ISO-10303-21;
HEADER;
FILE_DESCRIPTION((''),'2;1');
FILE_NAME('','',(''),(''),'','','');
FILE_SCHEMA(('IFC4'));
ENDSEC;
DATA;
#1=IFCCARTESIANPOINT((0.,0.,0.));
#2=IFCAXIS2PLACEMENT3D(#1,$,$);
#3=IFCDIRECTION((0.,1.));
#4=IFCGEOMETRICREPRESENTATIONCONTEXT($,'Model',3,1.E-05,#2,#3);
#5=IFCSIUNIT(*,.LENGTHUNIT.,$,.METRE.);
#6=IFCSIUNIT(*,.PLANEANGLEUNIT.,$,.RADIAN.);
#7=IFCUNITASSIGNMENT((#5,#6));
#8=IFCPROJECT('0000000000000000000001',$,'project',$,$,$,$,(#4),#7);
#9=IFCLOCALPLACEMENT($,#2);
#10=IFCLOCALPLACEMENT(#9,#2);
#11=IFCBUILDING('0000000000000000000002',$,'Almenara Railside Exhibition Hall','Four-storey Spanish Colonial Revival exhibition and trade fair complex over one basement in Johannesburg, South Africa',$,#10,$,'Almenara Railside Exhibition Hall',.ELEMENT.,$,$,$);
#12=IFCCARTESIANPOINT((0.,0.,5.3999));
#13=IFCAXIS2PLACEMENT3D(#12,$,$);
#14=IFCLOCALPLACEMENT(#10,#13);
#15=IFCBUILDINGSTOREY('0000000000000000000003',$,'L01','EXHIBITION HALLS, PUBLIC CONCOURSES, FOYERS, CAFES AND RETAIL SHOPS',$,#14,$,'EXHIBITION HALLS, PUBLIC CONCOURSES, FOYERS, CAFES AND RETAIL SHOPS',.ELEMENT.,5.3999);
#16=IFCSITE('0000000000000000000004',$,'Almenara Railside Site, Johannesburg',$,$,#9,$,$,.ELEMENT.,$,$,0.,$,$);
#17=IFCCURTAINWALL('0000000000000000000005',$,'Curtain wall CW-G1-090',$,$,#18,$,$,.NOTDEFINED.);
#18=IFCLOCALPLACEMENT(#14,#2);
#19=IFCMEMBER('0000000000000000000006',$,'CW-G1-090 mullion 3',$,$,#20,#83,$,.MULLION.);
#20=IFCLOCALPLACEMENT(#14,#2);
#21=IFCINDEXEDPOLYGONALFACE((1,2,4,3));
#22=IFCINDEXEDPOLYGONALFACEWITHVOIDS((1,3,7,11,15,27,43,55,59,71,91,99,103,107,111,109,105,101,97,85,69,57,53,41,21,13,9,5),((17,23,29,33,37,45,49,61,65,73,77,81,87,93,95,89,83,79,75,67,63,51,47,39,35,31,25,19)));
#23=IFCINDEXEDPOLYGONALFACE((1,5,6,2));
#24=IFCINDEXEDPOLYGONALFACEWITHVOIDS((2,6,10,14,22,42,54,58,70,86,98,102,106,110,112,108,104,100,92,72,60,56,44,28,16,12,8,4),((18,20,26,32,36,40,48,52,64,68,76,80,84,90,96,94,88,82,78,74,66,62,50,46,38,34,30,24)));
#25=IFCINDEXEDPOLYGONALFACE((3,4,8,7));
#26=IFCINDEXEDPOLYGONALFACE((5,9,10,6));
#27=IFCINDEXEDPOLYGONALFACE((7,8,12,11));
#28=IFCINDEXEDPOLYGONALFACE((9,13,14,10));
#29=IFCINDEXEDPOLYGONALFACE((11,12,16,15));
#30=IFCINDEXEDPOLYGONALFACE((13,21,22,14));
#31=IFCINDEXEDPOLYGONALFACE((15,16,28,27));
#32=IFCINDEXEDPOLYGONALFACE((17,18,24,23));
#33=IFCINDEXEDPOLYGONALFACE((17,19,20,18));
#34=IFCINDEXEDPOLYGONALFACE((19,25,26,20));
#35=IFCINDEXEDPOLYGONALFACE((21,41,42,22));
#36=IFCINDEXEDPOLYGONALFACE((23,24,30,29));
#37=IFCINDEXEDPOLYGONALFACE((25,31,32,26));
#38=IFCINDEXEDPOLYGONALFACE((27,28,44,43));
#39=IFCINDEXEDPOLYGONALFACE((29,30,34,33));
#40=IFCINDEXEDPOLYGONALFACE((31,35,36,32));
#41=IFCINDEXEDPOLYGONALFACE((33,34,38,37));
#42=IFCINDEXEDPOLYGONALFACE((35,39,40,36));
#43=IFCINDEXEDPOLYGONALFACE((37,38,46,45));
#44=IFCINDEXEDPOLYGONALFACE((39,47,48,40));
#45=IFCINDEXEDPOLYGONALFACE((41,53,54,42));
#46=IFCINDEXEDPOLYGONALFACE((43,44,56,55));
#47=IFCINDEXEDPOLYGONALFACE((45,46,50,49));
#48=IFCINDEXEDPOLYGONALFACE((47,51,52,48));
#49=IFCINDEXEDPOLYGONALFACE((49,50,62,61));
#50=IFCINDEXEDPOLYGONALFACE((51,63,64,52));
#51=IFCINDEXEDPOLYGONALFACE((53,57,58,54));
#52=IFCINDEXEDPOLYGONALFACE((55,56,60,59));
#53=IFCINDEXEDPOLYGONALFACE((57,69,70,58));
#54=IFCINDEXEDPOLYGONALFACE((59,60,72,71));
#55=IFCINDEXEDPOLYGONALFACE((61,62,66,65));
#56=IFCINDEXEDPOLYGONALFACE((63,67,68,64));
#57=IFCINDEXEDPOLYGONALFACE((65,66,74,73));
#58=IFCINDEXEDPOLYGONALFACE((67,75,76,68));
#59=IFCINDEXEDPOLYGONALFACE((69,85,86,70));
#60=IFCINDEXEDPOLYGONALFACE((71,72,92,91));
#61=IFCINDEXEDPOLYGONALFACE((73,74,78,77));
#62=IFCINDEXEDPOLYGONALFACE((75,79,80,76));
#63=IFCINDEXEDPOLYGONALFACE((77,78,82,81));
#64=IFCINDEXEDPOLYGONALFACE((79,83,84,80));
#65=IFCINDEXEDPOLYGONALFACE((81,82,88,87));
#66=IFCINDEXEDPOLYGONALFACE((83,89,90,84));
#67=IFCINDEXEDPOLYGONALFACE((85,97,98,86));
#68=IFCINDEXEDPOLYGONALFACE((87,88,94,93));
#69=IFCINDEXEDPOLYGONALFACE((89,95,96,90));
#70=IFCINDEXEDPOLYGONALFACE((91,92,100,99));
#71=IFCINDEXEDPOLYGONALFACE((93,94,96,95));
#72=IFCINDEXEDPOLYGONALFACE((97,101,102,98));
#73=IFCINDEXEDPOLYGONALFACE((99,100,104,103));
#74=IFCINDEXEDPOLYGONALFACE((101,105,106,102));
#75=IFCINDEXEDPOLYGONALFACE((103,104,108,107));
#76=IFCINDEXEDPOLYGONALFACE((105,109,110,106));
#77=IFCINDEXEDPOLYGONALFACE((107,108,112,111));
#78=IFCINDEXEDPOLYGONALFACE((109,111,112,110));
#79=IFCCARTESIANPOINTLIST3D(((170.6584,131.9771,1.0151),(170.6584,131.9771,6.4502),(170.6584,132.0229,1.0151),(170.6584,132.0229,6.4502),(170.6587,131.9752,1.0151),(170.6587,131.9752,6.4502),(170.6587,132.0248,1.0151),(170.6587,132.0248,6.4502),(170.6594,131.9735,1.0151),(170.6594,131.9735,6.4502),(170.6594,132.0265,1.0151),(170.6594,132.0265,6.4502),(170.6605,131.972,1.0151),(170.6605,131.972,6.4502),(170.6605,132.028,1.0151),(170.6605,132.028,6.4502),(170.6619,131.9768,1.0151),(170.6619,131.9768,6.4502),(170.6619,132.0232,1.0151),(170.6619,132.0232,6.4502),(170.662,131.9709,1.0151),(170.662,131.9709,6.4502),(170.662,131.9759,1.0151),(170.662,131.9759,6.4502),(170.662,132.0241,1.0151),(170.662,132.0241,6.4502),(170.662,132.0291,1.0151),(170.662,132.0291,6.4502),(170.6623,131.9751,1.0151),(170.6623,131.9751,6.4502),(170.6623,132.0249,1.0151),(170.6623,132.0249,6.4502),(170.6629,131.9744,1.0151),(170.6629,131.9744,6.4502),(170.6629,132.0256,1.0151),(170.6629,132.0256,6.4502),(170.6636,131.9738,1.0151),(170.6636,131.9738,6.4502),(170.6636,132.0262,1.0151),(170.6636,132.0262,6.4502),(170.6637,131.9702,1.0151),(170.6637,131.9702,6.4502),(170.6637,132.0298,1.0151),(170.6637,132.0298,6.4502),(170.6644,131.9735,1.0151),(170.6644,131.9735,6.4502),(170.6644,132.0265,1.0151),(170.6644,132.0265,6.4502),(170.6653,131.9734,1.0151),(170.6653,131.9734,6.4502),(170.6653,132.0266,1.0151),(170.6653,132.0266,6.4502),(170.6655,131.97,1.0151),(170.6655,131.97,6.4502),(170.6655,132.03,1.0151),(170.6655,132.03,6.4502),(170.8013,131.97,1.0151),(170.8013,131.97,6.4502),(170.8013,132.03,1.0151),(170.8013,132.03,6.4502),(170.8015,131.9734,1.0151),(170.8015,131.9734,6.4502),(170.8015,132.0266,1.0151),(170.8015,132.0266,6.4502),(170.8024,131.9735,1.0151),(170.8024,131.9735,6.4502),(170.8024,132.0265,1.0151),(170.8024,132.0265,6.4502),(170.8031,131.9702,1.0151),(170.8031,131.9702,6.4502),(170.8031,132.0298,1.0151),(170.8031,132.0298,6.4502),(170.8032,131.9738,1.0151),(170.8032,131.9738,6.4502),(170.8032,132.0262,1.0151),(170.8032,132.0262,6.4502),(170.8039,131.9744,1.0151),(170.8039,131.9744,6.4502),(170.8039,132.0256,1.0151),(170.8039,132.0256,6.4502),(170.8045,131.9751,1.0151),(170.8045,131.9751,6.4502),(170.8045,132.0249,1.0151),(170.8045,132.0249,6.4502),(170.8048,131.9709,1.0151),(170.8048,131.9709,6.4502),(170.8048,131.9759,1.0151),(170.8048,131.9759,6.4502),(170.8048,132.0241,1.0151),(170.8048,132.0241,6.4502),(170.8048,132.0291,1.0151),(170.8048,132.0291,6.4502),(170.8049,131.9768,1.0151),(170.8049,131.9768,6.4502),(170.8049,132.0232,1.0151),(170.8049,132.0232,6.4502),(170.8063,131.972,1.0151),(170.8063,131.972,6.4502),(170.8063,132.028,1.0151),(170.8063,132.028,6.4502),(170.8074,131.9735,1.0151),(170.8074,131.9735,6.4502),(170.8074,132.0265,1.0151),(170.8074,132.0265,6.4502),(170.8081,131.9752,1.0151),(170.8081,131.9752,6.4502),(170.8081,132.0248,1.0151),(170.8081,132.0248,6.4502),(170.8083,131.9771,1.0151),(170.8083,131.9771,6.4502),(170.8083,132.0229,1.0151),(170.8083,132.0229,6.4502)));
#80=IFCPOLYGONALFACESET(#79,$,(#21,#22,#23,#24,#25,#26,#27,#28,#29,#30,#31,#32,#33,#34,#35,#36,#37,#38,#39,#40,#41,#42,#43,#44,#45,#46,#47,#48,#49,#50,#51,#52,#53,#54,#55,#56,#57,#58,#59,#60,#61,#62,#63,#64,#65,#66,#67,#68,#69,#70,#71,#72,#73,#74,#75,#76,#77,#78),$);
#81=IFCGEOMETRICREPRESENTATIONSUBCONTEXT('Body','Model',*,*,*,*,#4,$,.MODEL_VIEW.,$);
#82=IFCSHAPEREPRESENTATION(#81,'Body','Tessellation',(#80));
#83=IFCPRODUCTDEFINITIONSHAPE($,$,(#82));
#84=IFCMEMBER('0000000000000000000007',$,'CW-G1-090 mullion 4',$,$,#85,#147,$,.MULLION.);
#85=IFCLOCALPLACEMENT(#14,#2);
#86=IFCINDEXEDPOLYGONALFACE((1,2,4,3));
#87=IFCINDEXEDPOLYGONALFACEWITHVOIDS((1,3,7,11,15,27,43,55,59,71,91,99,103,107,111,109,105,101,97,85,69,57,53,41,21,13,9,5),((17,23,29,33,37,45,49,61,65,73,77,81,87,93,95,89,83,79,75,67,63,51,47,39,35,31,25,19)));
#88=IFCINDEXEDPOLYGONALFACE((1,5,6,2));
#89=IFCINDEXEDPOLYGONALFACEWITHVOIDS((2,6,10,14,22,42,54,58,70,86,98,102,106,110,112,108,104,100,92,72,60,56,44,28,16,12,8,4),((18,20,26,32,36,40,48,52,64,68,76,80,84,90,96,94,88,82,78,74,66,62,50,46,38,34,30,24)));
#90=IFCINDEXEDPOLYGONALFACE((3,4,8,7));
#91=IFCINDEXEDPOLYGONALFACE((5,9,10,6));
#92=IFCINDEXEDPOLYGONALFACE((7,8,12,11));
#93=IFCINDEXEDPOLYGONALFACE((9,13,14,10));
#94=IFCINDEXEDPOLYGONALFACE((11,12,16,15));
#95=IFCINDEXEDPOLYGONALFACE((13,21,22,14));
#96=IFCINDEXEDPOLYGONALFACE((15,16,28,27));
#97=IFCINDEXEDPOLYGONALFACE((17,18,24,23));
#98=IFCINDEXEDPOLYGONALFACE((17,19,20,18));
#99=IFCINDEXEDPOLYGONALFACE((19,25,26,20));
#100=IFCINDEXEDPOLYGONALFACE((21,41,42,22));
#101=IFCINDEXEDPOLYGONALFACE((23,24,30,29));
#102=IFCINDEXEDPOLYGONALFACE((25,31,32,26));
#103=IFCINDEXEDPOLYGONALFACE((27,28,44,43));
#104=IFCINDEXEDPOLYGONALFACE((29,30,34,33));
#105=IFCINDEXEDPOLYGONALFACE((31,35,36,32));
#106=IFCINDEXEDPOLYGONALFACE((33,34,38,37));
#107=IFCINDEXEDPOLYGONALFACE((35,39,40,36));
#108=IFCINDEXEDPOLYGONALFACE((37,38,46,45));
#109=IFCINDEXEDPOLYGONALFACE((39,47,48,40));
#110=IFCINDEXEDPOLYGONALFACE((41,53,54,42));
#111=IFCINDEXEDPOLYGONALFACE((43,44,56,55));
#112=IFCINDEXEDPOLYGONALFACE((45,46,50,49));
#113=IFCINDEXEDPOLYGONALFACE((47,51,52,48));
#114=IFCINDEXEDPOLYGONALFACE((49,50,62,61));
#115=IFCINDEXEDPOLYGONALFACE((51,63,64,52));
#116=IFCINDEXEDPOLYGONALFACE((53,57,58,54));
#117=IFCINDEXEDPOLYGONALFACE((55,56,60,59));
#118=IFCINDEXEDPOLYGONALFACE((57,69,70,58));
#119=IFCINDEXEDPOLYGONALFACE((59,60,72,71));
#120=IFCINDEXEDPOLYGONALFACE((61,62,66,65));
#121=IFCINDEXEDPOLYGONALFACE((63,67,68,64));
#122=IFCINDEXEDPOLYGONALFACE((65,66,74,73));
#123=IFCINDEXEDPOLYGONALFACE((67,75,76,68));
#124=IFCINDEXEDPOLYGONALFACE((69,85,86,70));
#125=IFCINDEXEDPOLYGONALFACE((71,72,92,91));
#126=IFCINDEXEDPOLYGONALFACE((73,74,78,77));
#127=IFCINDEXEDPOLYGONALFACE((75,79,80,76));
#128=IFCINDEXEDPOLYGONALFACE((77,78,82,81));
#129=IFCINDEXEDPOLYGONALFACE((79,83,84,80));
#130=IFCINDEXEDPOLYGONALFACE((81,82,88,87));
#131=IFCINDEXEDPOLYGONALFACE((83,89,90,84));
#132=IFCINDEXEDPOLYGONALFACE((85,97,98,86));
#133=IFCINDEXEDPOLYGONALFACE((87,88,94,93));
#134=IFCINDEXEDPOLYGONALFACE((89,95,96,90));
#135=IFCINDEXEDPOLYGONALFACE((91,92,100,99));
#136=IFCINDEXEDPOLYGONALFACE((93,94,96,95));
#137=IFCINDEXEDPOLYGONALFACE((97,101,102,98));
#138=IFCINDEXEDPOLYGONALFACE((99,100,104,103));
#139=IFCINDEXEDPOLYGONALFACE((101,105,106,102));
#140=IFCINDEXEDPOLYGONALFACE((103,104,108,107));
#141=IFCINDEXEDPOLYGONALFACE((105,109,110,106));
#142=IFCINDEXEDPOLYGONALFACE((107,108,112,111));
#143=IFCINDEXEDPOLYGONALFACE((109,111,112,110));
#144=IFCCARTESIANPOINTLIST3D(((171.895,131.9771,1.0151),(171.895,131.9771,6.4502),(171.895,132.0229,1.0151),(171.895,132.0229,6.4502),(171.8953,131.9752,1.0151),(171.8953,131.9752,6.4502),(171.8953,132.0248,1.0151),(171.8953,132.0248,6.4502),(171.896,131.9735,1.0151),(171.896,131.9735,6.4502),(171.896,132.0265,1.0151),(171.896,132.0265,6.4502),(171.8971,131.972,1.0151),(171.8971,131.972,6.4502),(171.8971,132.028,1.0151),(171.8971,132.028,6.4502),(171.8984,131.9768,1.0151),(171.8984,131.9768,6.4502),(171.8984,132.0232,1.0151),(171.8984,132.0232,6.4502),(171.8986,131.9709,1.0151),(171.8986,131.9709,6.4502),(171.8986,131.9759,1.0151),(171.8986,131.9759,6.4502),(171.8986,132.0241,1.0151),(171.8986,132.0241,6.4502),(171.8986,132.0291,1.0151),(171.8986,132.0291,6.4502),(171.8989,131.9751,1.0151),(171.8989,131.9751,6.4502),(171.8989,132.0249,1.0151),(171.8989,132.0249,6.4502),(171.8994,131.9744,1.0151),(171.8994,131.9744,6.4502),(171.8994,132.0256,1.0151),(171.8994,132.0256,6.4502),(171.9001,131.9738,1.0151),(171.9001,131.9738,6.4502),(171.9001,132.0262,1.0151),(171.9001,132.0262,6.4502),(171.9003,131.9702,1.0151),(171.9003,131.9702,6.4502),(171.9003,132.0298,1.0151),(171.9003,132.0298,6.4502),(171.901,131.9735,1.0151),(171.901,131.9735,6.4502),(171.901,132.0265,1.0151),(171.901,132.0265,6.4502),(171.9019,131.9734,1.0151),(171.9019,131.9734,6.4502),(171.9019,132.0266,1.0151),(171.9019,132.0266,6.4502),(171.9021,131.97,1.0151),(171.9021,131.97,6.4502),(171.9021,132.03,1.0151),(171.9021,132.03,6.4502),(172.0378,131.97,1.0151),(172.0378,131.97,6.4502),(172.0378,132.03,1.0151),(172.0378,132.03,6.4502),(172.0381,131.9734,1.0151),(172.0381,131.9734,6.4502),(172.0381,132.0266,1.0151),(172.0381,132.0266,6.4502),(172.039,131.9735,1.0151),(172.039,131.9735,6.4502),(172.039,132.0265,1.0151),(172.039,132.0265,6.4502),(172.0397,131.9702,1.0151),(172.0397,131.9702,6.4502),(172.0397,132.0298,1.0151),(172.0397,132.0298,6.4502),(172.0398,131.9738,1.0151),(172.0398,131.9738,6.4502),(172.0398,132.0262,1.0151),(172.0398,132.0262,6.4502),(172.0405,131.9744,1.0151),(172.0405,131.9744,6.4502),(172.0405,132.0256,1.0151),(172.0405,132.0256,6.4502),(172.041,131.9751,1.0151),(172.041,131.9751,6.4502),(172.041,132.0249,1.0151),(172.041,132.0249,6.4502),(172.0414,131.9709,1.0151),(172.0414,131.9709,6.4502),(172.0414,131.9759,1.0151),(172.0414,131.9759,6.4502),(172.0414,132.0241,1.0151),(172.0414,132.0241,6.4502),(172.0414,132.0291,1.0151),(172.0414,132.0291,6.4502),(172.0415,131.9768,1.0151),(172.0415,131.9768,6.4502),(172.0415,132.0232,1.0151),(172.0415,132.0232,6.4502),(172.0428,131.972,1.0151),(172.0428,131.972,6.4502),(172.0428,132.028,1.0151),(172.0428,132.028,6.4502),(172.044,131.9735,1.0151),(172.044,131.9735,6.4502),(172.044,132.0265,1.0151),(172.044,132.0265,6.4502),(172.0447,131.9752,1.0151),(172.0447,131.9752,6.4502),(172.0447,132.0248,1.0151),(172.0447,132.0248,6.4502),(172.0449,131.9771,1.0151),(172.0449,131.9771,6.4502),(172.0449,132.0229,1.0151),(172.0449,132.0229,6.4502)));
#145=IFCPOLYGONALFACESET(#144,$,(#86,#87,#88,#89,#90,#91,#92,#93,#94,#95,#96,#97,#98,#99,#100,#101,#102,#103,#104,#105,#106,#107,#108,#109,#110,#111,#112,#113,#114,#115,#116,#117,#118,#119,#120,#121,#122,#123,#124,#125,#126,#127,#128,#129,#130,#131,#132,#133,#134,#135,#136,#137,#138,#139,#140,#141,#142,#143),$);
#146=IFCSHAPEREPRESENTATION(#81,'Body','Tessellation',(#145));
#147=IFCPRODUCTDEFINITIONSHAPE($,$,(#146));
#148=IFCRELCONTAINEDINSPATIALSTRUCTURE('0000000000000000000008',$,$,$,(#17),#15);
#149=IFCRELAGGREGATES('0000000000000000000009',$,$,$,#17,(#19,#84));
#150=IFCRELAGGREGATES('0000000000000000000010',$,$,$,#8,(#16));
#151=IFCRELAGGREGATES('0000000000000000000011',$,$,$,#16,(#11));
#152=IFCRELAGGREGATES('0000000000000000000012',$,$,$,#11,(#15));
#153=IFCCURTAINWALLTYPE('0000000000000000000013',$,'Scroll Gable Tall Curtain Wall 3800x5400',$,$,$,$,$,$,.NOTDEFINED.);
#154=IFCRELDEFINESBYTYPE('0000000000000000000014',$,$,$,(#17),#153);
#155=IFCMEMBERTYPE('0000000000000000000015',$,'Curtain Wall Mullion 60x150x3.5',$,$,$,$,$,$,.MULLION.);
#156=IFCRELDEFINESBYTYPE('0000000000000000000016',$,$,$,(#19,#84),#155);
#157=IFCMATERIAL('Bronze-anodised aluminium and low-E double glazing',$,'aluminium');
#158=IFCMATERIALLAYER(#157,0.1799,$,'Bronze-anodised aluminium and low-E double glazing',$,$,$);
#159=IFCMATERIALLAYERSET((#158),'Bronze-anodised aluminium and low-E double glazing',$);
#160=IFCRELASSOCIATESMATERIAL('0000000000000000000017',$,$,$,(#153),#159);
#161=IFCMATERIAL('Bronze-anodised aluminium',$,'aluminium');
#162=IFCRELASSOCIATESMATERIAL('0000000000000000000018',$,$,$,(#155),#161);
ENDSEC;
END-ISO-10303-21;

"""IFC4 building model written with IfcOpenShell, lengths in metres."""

from ifc_helpers import new_model, si_unit, direction, frame, origin, origin_2d, place, context, subcontext, project, spatial, hollow_rectangle, extrude, material, layer, layer_set, material_profile, profile_set, type_object, element, aggregate, save


model = new_model("IFC4")

# Units and contexts
model_context = context("Model", 3, precision=1e-05, world=origin(), true_north=direction((0.0, 1.0)))
body_context = subcontext(model_context, "Body", "Model", "MODEL_VIEW")
ifc_project = project(units=[si_unit("LENGTHUNIT", "METRE"), si_unit("PLANEANGLEUNIT", "RADIAN")], contexts=[model_context])

# Site, building, storey
site_placement = place(None, origin())
site = spatial("IfcSite", under=ifc_project, at=site_placement, Name="Almenara Railside Site, Johannesburg", CompositionType="ELEMENT", RefElevation=0.0)
building_placement = place(site_placement, origin())
building = spatial("IfcBuilding", under=site, at=building_placement, Name="Almenara Railside Exhibition Hall", Description="Four-storey Spanish Colonial Revival exhibition and trade fair complex over one basement in Johannesburg, South Africa", LongName="Almenara Railside Exhibition Hall", CompositionType="ELEMENT")
storey_placement = place(building_placement, frame((0.0, 0.0, 5.3999)))
storey = spatial("IfcBuildingStorey", under=building, at=storey_placement, Name="L01", Description="EXHIBITION HALLS, PUBLIC CONCOURSES, FOYERS, CAFES AND RETAIL SHOPS", LongName="EXHIBITION HALLS, PUBLIC CONCOURSES, FOYERS, CAFES AND RETAIL SHOPS", CompositionType="ELEMENT", Elevation=5.3999)

# Shared definitions
ifc_material_1 = material(Name="Bronze-anodised aluminium and low-E double glazing", Category="aluminium")
ifc_material_2 = material(Name="Bronze-anodised aluminium", Category="aluminium")

# Curtain wall, members
ifc_layer_1 = layer(ifc_material_1, 0.1799, Name="Bronze-anodised aluminium and low-E double glazing")
ifc_layer_set_1 = layer_set([ifc_layer_1], Name="Bronze-anodised aluminium and low-E double glazing")
curtain_wall_type_1 = type_object("IfcCurtainWallType", Name="Scroll Gable Tall Curtain Wall 3800x5400", PredefinedType="NOTDEFINED", material=ifc_layer_set_1)
curtain_wall_1_placement = place(storey_placement, origin())
curtain_wall_1 = element("IfcCurtainWall", 1, at=curtain_wall_1_placement, inside=storey, type_object=curtain_wall_type_1, Name="Curtain wall CW-G1-090", PredefinedType="NOTDEFINED")
ifc_material_profile_1 = material_profile(ifc_material_2, hollow_rectangle(XDim=0.0601, YDim=0.1499, WallThickness=0.0034, InnerFilletRadius=0.0034, OuterFilletRadius=0.0071, at=origin_2d()), Name="ALU-MUL 60x150x3.5")
ifc_profile_set_1 = profile_set([ifc_material_profile_1], Name="Bronze-anodised aluminium")
member_type_1 = type_object("IfcMemberType", Name="Curtain Wall Mullion 60x150x3.5", PredefinedType="MULLION", material=ifc_profile_set_1)
member_1_placement = place(storey_placement, frame((170.7334, 132.0, 1.0151), z_axis=(0.0, 0.0, 1.0), x_axis=(0.0, 1.0, 0.0)))
member_1 = element("IfcMember", 2, at=member_1_placement, type_object=member_type_1, Name="CW-G1-090 mullion 3", PredefinedType="MULLION", context=body_context, shape_type="SweptSolid", body=[
    extrude(hollow_rectangle(XDim=0.0601, YDim=0.1499, WallThickness=0.0034, InnerFilletRadius=0.0034, OuterFilletRadius=0.0071, at=origin_2d()), origin(), (0.0, 0.0, 1.0), 5.4351),
])
member_2_placement = place(storey_placement, frame((171.97, 132.0, 1.0151), z_axis=(0.0, 0.0, 1.0), x_axis=(0.0, 1.0, 0.0)))
member_2 = element("IfcMember", 3, at=member_2_placement, type_object=member_type_1, Name="CW-G1-090 mullion 4", PredefinedType="MULLION", context=body_context, shape_type="SweptSolid", body=[
    extrude(hollow_rectangle(XDim=0.0601, YDim=0.1499, WallThickness=0.0034, InnerFilletRadius=0.0034, OuterFilletRadius=0.0071, at=origin_2d()), origin(), (0.0, 0.0, 1.0), 5.4351),
])

aggregate(curtain_wall_1, [member_1, member_2])

save(model, "model.ifc")
